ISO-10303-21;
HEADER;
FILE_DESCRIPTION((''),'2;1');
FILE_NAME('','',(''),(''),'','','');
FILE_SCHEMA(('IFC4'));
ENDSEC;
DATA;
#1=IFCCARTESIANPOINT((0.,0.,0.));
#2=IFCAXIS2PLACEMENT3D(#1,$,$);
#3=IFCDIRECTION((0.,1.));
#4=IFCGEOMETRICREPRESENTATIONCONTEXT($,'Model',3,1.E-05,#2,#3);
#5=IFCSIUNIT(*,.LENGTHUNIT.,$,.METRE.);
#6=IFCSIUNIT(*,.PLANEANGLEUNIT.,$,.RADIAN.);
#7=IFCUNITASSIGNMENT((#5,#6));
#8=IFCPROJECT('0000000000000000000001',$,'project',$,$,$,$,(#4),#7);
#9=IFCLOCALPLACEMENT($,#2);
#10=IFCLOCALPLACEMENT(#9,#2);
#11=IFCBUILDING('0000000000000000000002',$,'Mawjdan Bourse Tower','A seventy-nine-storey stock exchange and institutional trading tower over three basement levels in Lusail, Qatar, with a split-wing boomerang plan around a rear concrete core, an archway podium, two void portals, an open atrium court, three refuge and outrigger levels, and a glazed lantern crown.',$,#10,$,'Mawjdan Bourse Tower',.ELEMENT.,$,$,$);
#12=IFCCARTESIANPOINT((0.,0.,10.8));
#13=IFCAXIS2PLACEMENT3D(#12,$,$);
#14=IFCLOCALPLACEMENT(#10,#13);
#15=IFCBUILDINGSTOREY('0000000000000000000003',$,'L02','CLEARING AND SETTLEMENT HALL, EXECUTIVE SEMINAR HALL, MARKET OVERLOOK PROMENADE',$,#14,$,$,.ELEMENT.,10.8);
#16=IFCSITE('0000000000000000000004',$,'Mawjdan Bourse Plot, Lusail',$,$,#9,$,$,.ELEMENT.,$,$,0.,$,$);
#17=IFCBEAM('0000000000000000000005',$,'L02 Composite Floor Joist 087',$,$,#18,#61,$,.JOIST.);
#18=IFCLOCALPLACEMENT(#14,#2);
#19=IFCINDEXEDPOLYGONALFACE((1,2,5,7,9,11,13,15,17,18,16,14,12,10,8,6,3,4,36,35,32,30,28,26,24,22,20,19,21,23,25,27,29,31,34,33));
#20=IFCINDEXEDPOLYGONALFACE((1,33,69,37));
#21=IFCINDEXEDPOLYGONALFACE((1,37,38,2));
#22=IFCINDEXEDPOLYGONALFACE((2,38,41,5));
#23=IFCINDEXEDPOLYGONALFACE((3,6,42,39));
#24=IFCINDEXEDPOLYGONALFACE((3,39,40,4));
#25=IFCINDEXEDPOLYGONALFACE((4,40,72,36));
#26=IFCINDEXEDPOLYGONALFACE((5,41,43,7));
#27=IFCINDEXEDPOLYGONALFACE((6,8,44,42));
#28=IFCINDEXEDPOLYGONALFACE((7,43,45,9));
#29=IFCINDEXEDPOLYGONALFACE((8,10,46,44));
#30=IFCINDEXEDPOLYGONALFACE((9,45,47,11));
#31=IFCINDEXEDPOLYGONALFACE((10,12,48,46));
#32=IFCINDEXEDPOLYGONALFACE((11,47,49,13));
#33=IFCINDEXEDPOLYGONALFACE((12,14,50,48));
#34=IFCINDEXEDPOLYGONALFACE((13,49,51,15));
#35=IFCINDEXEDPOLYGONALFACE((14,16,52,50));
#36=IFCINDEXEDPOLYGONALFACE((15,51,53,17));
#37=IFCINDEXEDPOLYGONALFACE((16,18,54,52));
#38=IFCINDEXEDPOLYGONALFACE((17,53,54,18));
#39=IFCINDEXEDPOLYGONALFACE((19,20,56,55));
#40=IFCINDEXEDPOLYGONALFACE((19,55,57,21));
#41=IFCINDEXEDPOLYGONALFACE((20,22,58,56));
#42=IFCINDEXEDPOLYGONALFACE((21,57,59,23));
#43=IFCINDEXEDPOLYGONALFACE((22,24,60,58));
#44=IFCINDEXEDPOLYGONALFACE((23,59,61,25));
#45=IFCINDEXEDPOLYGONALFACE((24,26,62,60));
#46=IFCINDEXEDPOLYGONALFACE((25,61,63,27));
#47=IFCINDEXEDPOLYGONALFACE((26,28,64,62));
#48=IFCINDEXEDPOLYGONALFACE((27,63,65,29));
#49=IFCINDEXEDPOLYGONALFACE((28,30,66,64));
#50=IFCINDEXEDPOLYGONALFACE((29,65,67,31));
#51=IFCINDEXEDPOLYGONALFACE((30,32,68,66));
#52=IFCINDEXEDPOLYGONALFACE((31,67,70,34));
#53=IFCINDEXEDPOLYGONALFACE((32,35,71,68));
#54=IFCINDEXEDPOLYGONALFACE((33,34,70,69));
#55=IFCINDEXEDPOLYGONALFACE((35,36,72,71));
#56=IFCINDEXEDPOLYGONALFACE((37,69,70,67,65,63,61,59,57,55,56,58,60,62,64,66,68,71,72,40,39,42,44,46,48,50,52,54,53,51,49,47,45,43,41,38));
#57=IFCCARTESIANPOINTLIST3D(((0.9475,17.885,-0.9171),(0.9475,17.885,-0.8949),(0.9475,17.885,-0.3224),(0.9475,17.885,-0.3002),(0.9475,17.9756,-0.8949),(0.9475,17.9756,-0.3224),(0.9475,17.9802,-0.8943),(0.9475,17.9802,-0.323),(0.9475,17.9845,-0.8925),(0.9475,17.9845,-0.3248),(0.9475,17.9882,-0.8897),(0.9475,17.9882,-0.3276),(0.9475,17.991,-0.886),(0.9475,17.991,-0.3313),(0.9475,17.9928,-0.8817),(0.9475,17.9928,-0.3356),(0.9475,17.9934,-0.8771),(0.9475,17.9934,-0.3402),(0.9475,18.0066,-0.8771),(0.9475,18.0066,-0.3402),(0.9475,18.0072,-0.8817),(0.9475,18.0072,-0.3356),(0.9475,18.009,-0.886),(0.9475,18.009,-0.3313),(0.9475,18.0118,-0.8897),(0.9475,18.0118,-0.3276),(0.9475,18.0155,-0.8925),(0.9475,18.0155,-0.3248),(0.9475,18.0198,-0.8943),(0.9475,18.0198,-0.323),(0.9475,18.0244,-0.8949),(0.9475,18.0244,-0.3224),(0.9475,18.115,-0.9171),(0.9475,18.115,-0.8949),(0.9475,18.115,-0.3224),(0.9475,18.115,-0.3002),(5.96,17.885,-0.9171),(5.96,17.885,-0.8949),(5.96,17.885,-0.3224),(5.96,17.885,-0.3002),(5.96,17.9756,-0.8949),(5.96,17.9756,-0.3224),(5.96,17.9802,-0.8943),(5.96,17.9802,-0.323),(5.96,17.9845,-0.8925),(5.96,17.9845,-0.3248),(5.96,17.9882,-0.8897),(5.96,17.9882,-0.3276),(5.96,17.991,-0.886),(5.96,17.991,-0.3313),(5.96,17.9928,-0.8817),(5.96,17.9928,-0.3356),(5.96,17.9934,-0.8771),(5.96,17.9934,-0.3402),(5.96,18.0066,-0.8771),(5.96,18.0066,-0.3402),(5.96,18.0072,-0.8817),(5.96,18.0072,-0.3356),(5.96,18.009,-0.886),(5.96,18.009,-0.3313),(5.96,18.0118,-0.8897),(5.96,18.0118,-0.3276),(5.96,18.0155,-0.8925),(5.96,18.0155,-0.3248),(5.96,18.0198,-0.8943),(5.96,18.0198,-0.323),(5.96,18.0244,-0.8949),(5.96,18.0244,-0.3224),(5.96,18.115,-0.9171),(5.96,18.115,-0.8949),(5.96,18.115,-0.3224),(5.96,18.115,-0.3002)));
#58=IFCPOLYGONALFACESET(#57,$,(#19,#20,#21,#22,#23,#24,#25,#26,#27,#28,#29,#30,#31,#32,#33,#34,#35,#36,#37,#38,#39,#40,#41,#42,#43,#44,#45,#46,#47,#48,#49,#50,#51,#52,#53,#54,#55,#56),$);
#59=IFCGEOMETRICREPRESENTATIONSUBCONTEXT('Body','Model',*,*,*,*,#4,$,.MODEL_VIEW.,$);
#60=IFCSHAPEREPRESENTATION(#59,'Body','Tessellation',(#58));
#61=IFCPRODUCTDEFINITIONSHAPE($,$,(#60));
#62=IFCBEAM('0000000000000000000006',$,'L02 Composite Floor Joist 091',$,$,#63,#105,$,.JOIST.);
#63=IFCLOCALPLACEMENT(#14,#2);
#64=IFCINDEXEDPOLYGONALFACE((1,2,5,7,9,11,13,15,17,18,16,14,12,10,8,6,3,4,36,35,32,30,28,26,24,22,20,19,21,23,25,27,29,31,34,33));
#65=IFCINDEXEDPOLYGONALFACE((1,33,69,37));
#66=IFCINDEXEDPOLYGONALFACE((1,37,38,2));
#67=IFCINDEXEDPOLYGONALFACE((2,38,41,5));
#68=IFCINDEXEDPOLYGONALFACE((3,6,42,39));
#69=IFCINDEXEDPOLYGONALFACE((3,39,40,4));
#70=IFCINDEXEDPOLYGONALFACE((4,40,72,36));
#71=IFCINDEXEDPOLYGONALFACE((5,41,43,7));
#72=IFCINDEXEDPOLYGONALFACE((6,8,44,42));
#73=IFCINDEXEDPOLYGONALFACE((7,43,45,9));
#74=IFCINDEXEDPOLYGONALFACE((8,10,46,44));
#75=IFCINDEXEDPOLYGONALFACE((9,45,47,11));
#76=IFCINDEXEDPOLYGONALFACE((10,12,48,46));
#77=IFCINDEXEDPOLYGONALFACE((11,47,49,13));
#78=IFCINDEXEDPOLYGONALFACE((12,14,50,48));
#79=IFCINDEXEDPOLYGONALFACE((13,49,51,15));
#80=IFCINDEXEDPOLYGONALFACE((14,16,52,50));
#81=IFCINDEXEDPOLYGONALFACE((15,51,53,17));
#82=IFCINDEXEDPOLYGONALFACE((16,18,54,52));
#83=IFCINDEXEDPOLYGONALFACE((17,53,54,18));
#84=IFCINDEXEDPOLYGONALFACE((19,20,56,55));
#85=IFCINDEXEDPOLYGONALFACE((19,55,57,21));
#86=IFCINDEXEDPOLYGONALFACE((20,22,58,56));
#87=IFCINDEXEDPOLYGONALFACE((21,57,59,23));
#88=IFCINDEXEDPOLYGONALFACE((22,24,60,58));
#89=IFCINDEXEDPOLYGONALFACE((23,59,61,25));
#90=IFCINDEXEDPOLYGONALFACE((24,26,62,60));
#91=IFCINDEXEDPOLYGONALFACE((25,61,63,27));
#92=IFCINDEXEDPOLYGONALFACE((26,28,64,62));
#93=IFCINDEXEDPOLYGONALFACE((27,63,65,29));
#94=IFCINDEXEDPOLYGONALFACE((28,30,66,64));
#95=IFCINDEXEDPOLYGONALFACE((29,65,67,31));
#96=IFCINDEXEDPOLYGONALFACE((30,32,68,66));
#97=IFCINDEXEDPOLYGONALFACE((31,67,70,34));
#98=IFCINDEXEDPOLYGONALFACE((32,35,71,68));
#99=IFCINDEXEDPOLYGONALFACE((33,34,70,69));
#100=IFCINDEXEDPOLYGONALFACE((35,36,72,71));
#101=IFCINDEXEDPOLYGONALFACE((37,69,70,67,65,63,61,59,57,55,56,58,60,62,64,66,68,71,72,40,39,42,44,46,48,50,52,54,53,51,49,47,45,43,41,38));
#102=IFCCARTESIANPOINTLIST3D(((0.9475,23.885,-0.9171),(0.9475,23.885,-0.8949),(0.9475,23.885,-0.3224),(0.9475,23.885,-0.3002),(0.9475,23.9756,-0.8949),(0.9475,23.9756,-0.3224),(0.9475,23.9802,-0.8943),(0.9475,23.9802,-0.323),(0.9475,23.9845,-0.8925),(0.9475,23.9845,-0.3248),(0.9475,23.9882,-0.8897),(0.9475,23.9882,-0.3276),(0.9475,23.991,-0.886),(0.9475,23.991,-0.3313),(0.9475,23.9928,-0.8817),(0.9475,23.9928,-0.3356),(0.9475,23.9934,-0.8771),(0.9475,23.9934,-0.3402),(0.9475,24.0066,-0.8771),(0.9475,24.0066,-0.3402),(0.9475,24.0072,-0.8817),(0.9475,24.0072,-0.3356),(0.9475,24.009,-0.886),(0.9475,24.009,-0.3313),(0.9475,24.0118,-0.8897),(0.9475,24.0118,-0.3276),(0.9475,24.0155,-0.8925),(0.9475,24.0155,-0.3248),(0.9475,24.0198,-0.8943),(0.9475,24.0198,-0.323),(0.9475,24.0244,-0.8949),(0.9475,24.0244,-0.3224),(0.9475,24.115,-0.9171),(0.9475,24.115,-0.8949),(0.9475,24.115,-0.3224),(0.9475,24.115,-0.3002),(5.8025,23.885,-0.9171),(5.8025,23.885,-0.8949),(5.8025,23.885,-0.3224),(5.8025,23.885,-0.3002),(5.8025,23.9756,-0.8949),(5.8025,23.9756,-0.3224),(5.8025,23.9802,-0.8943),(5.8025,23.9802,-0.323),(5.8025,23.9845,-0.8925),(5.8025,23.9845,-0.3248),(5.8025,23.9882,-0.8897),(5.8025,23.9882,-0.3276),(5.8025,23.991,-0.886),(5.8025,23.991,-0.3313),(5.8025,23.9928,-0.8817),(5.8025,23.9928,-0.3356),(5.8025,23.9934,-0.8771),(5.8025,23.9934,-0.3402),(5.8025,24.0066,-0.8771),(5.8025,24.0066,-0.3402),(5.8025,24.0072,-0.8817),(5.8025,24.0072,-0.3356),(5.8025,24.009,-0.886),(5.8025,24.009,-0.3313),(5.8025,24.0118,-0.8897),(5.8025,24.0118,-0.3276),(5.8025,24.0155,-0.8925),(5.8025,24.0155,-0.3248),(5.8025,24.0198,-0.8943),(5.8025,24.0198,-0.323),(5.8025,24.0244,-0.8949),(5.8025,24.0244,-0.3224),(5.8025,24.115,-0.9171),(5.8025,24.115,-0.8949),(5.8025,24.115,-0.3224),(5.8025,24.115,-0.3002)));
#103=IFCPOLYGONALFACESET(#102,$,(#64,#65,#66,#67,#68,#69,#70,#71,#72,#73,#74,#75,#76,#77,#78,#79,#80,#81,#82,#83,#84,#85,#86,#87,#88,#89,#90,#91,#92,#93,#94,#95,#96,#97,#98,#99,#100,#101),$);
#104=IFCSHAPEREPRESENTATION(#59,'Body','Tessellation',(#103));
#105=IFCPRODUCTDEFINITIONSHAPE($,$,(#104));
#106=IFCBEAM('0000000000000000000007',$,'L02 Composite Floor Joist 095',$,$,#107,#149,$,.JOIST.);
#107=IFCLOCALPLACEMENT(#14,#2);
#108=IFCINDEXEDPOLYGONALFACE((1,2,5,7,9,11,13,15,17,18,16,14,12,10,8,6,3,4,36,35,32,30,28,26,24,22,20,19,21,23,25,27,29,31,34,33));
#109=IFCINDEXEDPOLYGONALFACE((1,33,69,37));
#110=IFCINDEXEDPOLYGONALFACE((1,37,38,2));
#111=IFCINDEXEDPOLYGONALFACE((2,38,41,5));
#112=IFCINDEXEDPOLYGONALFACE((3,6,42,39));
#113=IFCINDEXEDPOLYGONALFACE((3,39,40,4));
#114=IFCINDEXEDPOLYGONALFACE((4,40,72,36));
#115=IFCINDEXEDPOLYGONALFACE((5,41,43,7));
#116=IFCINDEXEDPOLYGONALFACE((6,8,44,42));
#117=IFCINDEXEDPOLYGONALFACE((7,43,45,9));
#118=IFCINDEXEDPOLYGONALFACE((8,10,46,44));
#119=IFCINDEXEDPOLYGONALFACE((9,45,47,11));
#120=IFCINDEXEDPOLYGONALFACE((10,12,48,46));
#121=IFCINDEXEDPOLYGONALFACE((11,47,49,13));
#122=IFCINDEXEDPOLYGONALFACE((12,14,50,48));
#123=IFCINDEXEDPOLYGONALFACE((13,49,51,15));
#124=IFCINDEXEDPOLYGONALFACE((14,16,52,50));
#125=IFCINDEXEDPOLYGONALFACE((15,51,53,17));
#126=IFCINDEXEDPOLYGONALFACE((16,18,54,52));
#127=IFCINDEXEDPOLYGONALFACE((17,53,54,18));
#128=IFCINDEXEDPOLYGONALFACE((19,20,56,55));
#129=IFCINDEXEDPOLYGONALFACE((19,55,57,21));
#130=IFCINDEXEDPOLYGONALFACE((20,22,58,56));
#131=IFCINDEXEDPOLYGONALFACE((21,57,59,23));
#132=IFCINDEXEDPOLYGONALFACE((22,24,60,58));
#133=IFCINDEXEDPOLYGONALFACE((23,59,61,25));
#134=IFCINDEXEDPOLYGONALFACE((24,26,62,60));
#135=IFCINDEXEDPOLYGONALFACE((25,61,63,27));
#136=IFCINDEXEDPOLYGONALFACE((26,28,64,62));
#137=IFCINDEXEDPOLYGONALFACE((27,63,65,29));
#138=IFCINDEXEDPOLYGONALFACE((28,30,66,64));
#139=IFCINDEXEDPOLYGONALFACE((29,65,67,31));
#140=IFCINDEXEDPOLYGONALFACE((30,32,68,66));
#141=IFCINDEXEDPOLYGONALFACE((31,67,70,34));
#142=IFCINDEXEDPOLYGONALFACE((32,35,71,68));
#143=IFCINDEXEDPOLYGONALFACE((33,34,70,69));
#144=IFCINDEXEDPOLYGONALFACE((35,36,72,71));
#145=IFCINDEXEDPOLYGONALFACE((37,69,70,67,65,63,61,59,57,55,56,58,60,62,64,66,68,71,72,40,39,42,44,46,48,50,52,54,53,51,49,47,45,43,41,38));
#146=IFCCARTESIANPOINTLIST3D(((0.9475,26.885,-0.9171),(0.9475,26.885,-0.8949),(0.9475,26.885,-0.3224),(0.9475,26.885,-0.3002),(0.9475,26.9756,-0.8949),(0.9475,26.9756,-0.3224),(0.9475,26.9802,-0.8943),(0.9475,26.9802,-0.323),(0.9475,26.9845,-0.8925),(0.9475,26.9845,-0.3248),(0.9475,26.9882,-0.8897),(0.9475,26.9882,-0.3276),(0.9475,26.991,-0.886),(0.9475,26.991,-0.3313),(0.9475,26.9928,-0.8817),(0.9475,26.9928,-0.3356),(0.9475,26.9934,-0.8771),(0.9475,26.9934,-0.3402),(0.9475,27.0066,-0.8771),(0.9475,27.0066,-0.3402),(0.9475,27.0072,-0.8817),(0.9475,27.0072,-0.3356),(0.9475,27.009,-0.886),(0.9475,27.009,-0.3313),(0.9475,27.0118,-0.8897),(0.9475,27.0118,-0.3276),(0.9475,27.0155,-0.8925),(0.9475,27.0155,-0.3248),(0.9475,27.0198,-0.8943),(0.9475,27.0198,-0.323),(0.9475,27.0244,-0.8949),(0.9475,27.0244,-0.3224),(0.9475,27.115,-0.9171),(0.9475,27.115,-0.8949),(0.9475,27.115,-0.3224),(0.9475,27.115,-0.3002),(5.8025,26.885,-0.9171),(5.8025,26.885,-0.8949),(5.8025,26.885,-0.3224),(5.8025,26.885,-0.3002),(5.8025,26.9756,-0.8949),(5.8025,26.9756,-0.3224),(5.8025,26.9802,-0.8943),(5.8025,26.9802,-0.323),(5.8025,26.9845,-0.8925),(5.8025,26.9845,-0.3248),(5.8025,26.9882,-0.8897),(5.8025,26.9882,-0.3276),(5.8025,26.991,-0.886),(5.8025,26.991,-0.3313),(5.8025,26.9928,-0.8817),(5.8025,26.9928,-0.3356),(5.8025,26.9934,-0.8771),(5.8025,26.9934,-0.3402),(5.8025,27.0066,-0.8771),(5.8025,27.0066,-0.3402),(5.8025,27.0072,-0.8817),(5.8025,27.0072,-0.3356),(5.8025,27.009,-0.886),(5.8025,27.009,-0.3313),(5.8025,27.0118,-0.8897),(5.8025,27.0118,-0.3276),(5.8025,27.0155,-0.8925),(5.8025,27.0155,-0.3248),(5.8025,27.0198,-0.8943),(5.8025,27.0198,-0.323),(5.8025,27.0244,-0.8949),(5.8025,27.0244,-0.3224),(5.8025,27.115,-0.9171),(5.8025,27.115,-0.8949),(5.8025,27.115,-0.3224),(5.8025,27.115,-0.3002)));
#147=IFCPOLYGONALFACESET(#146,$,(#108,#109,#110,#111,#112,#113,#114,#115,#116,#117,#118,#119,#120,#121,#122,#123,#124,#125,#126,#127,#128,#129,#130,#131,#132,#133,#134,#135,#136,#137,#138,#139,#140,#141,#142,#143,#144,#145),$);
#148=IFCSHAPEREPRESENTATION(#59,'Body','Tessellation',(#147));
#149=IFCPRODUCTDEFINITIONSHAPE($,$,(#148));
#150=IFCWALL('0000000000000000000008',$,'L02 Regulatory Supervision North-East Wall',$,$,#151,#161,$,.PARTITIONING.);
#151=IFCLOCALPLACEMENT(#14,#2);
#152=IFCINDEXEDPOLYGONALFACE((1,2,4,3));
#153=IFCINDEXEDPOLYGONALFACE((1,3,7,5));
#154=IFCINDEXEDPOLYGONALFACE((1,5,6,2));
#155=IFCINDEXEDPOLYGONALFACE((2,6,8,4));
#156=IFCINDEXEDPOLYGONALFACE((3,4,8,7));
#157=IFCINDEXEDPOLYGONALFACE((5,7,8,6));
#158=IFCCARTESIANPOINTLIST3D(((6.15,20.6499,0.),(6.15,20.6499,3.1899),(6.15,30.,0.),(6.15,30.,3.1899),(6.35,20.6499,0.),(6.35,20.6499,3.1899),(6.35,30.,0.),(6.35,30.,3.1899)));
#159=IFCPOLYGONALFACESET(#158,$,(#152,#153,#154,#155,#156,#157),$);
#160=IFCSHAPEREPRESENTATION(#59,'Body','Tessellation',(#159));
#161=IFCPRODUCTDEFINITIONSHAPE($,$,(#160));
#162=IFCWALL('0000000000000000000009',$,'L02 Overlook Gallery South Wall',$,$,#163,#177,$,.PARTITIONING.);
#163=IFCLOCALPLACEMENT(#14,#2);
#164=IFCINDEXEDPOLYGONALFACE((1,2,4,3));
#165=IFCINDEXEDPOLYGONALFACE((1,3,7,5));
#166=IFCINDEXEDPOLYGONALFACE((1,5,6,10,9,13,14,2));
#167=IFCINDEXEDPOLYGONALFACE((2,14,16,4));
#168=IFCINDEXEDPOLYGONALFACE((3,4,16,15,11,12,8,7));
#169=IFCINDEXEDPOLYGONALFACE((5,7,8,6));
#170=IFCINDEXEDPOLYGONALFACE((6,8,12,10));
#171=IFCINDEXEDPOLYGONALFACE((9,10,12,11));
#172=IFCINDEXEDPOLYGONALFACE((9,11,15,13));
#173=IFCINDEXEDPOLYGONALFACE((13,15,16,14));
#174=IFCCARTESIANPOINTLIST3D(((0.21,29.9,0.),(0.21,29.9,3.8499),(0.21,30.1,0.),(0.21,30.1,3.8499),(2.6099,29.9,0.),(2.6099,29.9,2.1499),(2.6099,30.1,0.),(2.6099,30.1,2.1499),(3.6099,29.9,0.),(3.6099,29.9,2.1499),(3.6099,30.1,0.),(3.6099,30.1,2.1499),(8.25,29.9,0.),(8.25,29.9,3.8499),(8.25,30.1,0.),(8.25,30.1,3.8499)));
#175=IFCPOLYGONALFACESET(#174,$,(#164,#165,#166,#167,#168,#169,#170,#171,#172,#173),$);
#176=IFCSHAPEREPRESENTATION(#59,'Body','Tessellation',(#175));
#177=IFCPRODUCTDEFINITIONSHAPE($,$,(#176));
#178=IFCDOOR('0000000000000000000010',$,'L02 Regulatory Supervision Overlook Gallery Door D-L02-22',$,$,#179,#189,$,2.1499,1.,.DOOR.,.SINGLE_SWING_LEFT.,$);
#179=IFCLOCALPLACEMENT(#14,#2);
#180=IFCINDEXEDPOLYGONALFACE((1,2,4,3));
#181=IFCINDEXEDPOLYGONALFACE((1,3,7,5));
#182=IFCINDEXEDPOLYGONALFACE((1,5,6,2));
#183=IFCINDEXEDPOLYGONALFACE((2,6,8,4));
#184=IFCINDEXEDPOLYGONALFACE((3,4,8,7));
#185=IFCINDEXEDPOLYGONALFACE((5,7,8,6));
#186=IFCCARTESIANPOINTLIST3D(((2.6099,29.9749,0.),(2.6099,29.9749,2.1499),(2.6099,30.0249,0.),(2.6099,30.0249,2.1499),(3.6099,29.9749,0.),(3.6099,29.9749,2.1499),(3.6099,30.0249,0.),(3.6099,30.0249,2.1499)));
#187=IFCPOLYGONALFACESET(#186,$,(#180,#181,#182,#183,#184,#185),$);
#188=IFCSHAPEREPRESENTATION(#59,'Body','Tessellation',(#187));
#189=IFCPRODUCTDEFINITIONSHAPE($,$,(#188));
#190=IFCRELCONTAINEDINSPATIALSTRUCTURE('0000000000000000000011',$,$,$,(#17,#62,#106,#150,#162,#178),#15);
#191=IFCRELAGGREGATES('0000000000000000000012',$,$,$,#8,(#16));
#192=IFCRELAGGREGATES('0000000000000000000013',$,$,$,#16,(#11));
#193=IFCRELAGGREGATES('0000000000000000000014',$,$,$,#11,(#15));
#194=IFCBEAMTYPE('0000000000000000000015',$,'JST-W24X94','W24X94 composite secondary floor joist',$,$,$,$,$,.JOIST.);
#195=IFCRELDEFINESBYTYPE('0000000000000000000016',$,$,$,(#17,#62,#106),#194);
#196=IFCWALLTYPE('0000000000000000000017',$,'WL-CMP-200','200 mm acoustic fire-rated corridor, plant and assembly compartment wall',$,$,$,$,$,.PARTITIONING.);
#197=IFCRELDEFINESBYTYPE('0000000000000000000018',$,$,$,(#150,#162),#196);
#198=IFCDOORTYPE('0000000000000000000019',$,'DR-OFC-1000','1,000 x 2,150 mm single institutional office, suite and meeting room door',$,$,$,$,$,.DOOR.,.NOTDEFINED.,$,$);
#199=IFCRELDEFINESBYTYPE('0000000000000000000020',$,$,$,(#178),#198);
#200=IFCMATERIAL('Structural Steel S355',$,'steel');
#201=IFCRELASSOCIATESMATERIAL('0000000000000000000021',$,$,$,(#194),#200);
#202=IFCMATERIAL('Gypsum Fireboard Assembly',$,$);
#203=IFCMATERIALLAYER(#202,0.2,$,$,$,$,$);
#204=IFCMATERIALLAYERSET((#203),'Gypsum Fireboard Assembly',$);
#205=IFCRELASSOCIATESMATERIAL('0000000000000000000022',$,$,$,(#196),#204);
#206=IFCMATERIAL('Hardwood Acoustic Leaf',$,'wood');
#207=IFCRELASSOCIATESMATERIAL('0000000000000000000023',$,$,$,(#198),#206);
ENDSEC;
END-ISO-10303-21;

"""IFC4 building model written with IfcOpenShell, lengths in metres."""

from ifc_helpers import new_model, si_unit, direction, frame, frame_2d, origin, origin_2d, place, context, subcontext, project, spatial, rectangle, i_section, extrude, material, layer, layer_set, material_profile, profile_set, type_object, element, fill, save


model = new_model("IFC4")

# Units and contexts
model_context = context("Model", 3, precision=1e-05, world=origin(), true_north=direction((0.0, 1.0)))
body_context = subcontext(model_context, "Body", "Model", "MODEL_VIEW")
ifc_project = project(units=[si_unit("LENGTHUNIT", "METRE"), si_unit("PLANEANGLEUNIT", "RADIAN")], contexts=[model_context])

# Site, building, storey
site_placement = place(None, origin())
site = spatial("IfcSite", under=ifc_project, at=site_placement, Name="Mawjdan Bourse Plot, Lusail", CompositionType="ELEMENT", RefElevation=0.0)
building_placement = place(site_placement, origin())
building = spatial("IfcBuilding", under=site, at=building_placement, Name="Mawjdan Bourse Tower", Description="A seventy-nine-storey stock exchange and institutional trading tower over three basement levels in Lusail, Qatar, with a split-wing boomerang plan around a rear concrete core, an archway podium, two void portals, an open atrium court, three refuge and outrigger levels, and a glazed lantern crown.", LongName="Mawjdan Bourse Tower", CompositionType="ELEMENT")
storey_placement = place(building_placement, frame((0.0, 0.0, 10.8)))
storey = spatial("IfcBuildingStorey", under=building, at=storey_placement, Name="L02", Description="CLEARING AND SETTLEMENT HALL, EXECUTIVE SEMINAR HALL, MARKET OVERLOOK PROMENADE", CompositionType="ELEMENT", Elevation=10.8)

# Beams
ifc_material_1 = material(Name="Structural Steel S355", Category="steel")
ifc_material_profile_1 = material_profile(ifc_material_1, i_section(OverallWidth=0.23, OverallDepth=0.6169, WebThickness=0.0132, FlangeThickness=0.0222, FilletRadius=0.0178, at=origin_2d()), Name="W24X94")
ifc_profile_set_1 = profile_set([ifc_material_profile_1], Name="Structural Steel S355")
beam_type_1 = type_object("IfcBeamType", Name="JST-W24X94", Description="W24X94 composite secondary floor joist", PredefinedType="JOIST", material=ifc_profile_set_1)
beam_1_placement = place(storey_placement, frame((0.9475, 18.0, -0.6086), z_axis=(1.0, 0.0, 0.0), x_axis=(0.0, 1.0, 0.0)))
element("IfcBeam", 1, at=beam_1_placement, inside=storey, type_object=beam_type_1, Name="L02 Composite Floor Joist 087", PredefinedType="JOIST", context=body_context, shape_type="SweptSolid", body=[
    extrude(i_section(OverallWidth=0.23, OverallDepth=0.6169, WebThickness=0.0132, FlangeThickness=0.0222, FilletRadius=0.0178, at=origin_2d()), origin(), (0.0, 0.0, 1.0), 5.0125),
])
for number, where, z_axis, x_axis, name in (
    (2, (0.9475, 24.0, -0.6086), (1.0, 0.0, 0.0), (0.0, 1.0, 0.0), "L02 Composite Floor Joist 091"),
    (3, (0.9475, 27.0, -0.6086), (1.0, 0.0, 0.0), (0.0, 1.0, 0.0), "L02 Composite Floor Joist 095"),
):
    element("IfcBeam", number, at=place(storey_placement, frame(where, z_axis=z_axis, x_axis=x_axis)), inside=storey, type_object=beam_type_1, Name=name, PredefinedType="JOIST", context=body_context, shape_type="SweptSolid", body=[
        extrude(i_section(OverallWidth=0.23, OverallDepth=0.6169, WebThickness=0.0132, FlangeThickness=0.0222, FilletRadius=0.0178, at=origin_2d()), origin(), (0.0, 0.0, 1.0), 4.855),
    ])

# Wall
ifc_material_2 = material(Name="Gypsum Fireboard Assembly")
ifc_layer_1 = layer(ifc_material_2, 0.2)
ifc_layer_set_1 = layer_set([ifc_layer_1], Name="Gypsum Fireboard Assembly")
wall_type_1 = type_object("IfcWallType", Name="WL-CMP-200", Description="200 mm acoustic fire-rated corridor, plant and assembly compartment wall", PredefinedType="PARTITIONING", material=ifc_layer_set_1)
wall_1_placement = place(storey_placement, frame((6.25, 20.6499, 0.0), z_axis=(0.0, 0.0, 1.0), x_axis=(0.0, 1.0, 0.0)))
element("IfcWall", 4, at=wall_1_placement, inside=storey, type_object=wall_type_1, Name="L02 Regulatory Supervision North-East Wall", PredefinedType="PARTITIONING", context=body_context, shape_type="SweptSolid", body=[
    extrude(rectangle(XDim=9.3501, YDim=0.2, at=frame_2d((4.675, 0.0))), origin(), (0.0, 0.0, 1.0), 3.1899),
])

# Wall, opening, door
wall_2_placement = place(storey_placement, frame((0.21, 30.0, 0.0), z_axis=(0.0, 0.0, 1.0), x_axis=(1.0, 0.0, 0.0)))
wall_2 = element("IfcWall", 5, at=wall_2_placement, inside=storey, type_object=wall_type_1, Name="L02 Overlook Gallery South Wall", PredefinedType="PARTITIONING", context=body_context, shape_type="SweptSolid", body=[
    extrude(rectangle(XDim=8.04, YDim=0.2, at=frame_2d((4.02, 0.0))), origin(), (0.0, 0.0, 1.0), 3.8499),
])
opening_placement = place(wall_2_placement, frame((2.3999, 0.0, 0.0)))
opening = element("IfcOpeningElement", 6, at=opening_placement, cuts=wall_2, PredefinedType="OPENING", context=body_context, shape_type="SweptSolid", body=[
    extrude(rectangle(XDim=1.0, YDim=2.1499, at=frame_2d((0.5, 1.075))), frame((0.0, 0.1099, 0.0), z_axis=(0.0, -1.0, 0.0), x_axis=(1.0, 0.0, 0.0)), (0.0, 0.0, 1.0), 0.22),
])
ifc_material_3 = material(Name="Hardwood Acoustic Leaf", Category="wood")
door_type = type_object("IfcDoorType", Name="DR-OFC-1000", Description="1,000 x 2,150 mm single institutional office, suite and meeting room door", OperationType="NOTDEFINED", PredefinedType="DOOR", material=ifc_material_3)
door_placement = place(opening_placement, origin())
door = element("IfcDoor", 7, at=door_placement, inside=storey, type_object=door_type, Name="L02 Regulatory Supervision Overlook Gallery Door D-L02-22", OperationType="SINGLE_SWING_LEFT", OverallHeight=2.1499, OverallWidth=1.0, PredefinedType="DOOR", context=body_context, shape_type="SweptSolid", body=[
    extrude(rectangle(XDim=1.0, YDim=2.1499, at=frame_2d((0.5, 1.075))), frame((0.0, 0.0249, 0.0), z_axis=(0.0, -1.0, 0.0), x_axis=(1.0, 0.0, 0.0)), (0.0, 0.0, 1.0), 0.05),
])
fill(opening, door)

save(model, "model.ifc")
